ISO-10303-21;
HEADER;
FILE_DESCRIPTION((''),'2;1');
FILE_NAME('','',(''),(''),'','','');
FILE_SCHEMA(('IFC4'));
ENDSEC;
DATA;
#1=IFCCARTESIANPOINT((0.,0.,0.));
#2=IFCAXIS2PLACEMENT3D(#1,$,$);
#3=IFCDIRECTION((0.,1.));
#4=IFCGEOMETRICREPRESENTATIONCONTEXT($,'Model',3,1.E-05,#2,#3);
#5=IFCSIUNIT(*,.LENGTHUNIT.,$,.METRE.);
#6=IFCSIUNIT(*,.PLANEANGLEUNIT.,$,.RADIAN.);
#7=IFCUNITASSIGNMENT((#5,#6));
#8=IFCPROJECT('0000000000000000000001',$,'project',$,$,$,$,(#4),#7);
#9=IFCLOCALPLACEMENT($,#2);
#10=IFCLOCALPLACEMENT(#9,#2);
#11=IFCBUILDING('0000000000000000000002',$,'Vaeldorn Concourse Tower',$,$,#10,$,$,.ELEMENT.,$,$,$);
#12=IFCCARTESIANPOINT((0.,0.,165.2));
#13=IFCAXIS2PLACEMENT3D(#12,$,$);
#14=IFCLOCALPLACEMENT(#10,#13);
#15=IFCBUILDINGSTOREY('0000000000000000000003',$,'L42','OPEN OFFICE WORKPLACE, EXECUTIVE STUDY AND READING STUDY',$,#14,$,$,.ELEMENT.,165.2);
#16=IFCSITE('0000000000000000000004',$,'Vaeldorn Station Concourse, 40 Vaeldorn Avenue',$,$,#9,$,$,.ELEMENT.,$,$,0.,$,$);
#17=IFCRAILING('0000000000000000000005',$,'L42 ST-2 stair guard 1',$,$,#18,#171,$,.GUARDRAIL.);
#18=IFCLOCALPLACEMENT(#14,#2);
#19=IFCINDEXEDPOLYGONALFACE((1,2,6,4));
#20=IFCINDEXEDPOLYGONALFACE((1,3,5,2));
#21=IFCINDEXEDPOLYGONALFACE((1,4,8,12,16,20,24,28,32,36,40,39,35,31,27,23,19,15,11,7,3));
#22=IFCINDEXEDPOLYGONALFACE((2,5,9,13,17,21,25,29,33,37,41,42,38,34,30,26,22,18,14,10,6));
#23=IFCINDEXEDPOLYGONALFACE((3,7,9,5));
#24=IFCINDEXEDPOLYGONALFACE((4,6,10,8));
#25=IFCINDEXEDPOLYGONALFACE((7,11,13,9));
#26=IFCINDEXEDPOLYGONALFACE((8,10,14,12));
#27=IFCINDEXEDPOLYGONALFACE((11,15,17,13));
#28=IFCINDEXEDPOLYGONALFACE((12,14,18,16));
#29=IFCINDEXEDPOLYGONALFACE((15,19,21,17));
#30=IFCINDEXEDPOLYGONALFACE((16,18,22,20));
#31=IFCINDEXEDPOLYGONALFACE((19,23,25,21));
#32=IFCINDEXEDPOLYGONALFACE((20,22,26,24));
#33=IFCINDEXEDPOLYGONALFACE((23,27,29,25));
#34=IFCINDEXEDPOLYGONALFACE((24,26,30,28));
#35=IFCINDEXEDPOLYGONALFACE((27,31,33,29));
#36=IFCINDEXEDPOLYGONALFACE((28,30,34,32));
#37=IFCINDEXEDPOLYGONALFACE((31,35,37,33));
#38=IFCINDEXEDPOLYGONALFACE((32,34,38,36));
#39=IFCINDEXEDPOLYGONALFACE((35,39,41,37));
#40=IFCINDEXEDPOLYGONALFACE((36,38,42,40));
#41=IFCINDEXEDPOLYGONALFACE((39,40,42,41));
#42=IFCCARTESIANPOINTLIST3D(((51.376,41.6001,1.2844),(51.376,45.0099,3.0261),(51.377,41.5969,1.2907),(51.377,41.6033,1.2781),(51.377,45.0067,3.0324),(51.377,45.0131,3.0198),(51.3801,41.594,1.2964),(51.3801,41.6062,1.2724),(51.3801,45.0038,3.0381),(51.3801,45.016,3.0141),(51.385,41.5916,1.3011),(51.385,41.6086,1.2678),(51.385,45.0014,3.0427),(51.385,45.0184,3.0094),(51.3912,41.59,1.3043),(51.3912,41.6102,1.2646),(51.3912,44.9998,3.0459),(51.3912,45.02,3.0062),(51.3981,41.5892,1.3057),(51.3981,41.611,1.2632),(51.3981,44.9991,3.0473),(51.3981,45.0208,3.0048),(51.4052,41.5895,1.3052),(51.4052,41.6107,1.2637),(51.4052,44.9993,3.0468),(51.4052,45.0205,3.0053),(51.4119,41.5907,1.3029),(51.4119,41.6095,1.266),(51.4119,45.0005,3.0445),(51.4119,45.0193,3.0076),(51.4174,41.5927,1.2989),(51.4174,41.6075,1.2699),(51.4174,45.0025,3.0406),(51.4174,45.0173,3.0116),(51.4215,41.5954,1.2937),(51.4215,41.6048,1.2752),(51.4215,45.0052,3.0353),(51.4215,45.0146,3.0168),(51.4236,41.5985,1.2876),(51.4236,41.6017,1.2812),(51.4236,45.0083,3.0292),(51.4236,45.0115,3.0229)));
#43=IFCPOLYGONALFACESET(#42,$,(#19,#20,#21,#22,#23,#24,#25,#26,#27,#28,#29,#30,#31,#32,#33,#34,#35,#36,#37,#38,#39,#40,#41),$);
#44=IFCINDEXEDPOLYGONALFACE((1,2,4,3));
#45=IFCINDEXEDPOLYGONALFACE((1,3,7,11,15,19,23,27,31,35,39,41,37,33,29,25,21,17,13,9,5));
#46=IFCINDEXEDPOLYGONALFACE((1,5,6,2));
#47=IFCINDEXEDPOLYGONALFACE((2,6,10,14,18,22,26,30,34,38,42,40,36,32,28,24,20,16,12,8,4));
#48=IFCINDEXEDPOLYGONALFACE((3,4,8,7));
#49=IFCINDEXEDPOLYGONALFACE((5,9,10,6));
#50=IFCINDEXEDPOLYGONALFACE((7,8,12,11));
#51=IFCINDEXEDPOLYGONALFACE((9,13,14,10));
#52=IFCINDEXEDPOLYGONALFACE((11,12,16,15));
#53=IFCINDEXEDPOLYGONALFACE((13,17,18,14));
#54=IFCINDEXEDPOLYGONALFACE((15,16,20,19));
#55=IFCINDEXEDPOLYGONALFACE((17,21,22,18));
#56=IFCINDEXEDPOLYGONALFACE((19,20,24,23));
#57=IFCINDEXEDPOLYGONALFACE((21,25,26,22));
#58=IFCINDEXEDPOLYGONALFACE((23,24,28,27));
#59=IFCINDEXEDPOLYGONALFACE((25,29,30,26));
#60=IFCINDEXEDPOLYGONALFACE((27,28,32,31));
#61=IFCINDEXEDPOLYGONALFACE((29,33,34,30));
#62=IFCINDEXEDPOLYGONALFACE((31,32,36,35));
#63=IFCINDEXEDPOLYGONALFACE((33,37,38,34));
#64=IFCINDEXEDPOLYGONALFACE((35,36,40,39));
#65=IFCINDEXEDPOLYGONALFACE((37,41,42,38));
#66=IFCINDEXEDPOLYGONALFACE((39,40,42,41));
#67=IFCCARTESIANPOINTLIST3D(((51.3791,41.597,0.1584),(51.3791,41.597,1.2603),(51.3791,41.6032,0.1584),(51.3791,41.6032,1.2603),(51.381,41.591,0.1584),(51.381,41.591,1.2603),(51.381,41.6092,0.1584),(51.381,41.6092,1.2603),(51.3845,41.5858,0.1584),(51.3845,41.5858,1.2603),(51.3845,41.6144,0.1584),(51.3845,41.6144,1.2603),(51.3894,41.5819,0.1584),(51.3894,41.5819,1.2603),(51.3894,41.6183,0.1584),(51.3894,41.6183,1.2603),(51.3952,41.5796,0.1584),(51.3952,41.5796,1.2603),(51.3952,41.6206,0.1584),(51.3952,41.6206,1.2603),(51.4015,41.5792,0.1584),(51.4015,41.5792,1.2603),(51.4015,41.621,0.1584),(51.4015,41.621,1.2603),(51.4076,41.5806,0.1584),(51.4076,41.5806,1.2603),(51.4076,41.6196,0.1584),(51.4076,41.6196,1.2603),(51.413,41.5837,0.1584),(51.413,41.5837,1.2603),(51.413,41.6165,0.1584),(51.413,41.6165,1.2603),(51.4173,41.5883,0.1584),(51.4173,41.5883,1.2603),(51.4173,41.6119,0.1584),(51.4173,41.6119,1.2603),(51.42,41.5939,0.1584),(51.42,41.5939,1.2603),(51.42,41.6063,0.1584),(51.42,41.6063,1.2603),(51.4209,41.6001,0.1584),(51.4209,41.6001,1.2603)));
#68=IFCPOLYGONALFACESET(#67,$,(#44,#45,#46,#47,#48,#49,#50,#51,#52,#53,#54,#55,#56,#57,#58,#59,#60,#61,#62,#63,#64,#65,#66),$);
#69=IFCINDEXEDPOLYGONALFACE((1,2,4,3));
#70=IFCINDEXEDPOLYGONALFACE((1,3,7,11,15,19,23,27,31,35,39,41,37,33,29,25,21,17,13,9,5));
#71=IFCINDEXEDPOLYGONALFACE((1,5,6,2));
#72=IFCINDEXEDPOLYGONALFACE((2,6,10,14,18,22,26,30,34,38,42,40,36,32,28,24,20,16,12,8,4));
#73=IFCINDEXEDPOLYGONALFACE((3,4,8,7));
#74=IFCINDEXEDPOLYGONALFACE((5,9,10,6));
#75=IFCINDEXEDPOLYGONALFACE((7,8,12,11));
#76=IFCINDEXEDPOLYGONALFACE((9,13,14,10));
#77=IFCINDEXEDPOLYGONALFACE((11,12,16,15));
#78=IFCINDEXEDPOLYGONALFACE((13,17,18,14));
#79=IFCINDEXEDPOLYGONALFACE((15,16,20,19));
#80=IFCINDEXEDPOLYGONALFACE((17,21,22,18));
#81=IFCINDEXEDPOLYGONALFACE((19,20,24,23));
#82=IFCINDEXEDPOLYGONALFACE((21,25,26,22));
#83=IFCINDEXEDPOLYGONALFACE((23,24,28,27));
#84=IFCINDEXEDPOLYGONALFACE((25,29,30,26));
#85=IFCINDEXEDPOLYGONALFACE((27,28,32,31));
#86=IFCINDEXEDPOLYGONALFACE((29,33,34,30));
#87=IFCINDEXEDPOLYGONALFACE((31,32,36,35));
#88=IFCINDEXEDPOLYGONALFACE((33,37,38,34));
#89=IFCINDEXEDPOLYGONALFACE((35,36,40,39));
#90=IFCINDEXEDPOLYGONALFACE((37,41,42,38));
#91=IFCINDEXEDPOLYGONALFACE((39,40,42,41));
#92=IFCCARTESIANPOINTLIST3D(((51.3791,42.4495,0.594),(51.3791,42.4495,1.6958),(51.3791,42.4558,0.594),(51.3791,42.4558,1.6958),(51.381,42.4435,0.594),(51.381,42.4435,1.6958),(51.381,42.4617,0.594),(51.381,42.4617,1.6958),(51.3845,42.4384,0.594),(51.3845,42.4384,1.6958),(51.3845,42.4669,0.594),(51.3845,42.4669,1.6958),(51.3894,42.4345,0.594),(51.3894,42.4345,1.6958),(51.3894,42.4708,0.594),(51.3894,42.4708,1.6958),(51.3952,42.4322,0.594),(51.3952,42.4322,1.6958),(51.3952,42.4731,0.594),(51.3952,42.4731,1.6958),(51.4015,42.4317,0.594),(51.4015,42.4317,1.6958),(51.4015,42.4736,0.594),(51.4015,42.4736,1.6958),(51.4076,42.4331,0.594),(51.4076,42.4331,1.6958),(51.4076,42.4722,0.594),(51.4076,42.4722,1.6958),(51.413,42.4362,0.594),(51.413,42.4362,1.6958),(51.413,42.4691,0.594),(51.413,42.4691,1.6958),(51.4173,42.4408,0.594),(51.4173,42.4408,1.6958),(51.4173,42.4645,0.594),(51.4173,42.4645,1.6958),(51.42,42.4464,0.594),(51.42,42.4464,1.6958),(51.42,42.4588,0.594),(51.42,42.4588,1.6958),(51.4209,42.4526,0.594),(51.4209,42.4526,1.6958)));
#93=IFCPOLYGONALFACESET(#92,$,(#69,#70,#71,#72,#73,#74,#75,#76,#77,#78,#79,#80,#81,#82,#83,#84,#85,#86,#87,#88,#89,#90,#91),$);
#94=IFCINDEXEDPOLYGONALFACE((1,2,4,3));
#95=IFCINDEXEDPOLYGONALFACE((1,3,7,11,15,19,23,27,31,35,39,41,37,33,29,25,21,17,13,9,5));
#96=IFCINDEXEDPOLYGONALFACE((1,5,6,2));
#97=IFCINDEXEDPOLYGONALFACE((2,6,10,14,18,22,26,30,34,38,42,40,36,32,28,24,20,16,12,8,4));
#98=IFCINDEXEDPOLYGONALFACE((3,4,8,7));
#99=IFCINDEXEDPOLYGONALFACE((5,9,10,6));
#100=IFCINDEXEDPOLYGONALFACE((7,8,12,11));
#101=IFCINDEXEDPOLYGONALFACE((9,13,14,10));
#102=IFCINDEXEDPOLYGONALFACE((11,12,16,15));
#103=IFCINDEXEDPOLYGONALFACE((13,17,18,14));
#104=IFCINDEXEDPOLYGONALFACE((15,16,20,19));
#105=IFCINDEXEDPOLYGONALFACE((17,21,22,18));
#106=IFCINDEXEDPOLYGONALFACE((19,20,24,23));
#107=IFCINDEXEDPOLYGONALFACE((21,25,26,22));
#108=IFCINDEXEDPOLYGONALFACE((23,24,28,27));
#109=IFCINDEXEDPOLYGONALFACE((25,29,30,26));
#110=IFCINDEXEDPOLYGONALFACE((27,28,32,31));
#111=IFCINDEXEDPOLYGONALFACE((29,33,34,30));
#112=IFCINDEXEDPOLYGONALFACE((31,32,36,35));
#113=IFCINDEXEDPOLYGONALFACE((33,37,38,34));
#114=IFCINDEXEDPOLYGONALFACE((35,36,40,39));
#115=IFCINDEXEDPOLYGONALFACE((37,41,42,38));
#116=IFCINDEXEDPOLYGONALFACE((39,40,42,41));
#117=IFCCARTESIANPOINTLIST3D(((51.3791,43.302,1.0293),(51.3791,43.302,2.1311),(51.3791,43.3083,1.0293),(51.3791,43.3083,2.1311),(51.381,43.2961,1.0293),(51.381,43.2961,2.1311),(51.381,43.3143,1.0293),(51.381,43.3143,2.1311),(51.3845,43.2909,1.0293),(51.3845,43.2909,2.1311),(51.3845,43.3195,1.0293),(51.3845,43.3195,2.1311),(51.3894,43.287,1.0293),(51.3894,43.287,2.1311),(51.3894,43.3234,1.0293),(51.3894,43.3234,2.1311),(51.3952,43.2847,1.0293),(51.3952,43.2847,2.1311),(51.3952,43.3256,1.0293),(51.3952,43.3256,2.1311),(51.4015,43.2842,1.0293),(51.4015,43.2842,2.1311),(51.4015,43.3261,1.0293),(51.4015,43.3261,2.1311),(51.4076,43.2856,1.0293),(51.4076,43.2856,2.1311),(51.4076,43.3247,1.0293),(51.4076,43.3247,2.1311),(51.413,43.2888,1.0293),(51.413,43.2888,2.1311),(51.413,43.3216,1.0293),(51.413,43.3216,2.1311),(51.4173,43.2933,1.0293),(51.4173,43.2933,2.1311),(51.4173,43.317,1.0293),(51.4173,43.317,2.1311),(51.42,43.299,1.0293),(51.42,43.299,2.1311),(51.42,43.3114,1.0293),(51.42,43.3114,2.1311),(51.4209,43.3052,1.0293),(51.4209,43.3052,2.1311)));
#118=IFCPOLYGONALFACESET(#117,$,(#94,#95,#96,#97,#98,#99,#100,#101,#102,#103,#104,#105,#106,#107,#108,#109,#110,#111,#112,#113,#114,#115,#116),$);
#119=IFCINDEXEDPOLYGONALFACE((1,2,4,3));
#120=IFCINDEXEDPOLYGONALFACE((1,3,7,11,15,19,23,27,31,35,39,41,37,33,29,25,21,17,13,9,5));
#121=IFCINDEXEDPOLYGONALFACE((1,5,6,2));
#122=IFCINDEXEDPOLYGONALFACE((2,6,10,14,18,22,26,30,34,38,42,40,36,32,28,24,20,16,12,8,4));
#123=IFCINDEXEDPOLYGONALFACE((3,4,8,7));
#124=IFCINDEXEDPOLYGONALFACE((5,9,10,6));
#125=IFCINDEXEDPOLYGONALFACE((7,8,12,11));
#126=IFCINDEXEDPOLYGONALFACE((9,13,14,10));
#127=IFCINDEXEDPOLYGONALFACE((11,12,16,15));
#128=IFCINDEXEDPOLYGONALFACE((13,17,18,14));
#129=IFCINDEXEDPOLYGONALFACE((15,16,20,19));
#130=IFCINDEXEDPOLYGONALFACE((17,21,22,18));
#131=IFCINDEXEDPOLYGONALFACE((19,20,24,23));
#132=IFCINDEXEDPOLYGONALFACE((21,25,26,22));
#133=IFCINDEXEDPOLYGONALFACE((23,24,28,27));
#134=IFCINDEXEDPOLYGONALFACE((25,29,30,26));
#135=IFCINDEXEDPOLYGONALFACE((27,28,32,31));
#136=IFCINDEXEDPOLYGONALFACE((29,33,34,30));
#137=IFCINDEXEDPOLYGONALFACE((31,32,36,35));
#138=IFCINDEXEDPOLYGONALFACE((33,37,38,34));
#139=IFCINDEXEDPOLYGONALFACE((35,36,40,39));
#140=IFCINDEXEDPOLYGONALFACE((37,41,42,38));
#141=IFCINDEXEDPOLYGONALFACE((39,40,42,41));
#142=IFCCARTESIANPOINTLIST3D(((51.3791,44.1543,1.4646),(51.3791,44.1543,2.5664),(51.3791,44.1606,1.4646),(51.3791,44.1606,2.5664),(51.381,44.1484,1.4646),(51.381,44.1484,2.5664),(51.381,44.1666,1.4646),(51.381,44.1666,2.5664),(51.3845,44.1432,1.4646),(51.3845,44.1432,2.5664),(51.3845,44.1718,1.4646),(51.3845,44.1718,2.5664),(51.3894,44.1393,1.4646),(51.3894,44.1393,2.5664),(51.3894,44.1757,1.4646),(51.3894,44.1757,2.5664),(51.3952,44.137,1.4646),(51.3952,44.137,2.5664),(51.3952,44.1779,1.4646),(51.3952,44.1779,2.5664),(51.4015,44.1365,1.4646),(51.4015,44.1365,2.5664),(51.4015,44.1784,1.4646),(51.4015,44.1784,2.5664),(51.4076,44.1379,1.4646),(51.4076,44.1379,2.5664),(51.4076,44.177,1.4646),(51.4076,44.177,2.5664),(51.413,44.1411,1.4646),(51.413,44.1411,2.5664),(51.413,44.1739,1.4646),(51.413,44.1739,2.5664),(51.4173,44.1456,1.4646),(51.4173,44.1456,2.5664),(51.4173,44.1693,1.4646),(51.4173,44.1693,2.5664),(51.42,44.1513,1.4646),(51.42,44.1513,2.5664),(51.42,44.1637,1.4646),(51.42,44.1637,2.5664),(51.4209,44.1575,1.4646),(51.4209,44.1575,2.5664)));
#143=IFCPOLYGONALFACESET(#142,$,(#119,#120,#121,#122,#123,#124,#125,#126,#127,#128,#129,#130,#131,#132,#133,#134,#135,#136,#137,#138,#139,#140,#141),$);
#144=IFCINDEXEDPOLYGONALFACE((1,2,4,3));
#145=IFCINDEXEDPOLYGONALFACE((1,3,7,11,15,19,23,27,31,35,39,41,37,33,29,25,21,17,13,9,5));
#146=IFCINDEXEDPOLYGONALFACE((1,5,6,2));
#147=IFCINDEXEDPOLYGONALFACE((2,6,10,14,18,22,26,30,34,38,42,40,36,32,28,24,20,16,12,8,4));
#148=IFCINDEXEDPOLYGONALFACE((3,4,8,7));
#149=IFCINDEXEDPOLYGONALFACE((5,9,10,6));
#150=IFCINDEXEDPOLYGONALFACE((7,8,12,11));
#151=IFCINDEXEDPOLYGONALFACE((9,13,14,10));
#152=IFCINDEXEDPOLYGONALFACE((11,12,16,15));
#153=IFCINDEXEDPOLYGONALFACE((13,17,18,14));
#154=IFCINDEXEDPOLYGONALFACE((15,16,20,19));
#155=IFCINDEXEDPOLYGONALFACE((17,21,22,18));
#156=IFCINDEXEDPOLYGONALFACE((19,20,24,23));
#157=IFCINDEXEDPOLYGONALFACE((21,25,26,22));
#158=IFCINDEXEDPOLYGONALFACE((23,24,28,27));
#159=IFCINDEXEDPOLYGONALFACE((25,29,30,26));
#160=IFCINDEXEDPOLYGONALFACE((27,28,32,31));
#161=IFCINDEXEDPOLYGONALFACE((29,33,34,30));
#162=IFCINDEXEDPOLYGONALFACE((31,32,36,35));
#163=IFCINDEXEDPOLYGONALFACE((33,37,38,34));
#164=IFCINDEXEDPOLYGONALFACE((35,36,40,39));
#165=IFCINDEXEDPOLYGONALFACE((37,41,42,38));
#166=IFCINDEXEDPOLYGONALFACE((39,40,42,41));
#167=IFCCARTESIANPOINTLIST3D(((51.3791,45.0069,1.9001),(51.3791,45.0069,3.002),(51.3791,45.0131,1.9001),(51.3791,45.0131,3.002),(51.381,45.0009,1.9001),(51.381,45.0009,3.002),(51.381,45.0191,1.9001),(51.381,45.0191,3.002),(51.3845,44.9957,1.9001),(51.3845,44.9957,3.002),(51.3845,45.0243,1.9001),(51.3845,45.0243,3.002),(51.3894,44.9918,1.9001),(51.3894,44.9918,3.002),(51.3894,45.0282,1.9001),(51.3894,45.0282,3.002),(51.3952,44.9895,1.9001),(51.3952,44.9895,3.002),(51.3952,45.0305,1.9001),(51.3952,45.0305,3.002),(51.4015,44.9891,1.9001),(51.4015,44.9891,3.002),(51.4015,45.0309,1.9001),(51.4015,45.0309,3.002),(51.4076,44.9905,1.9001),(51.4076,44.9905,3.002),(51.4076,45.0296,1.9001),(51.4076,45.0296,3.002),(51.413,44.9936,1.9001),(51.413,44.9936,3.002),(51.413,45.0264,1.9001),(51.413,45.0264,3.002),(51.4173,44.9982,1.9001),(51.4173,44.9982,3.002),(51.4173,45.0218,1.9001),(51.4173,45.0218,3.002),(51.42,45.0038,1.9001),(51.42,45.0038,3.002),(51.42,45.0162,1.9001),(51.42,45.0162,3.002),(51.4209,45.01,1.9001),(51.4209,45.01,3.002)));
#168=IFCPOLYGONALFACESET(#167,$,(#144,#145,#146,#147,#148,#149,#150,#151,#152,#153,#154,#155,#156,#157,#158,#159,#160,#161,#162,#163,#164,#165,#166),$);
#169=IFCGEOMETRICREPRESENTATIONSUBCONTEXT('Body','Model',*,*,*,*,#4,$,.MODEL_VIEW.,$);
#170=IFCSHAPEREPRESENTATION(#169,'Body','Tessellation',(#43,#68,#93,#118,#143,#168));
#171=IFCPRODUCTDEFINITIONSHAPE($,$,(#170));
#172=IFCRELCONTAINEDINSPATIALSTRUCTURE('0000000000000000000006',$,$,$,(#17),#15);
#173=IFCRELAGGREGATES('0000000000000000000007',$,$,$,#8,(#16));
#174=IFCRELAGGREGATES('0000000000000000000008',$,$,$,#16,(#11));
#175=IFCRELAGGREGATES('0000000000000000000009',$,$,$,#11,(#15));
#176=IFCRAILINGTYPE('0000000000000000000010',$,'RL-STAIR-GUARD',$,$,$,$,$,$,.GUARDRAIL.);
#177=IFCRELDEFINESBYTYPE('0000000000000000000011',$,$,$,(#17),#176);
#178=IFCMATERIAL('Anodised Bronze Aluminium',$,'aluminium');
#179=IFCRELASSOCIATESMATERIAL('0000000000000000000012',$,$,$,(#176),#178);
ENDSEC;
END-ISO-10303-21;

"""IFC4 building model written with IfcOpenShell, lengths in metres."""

from ifc_helpers import new_model, si_unit, direction, frame, origin, origin_2d, place, context, subcontext, project, spatial, circle, extrude, material, type_object, element, save


model = new_model("IFC4")

# Units and contexts
model_context = context("Model", 3, precision=1e-05, world=origin(), true_north=direction((0.0, 1.0)))
body_context = subcontext(model_context, "Body", "Model", "MODEL_VIEW")
ifc_project = project(units=[si_unit("LENGTHUNIT", "METRE"), si_unit("PLANEANGLEUNIT", "RADIAN")], contexts=[model_context])

# Site, building, storey
site_placement = place(None, origin())
site = spatial("IfcSite", under=ifc_project, at=site_placement, Name="Vaeldorn Station Concourse, 40 Vaeldorn Avenue", CompositionType="ELEMENT", RefElevation=0.0)
building_placement = place(site_placement, origin())
building = spatial("IfcBuilding", under=site, at=building_placement, Name="Vaeldorn Concourse Tower", CompositionType="ELEMENT")
storey_placement = place(building_placement, frame((0.0, 0.0, 165.2)))
storey = spatial("IfcBuildingStorey", under=building, at=storey_placement, Name="L42", Description="OPEN OFFICE WORKPLACE, EXECUTIVE STUDY AND READING STUDY", CompositionType="ELEMENT", Elevation=165.2)

# Shared definitions
ifc_material_1 = material(Name="Anodised Bronze Aluminium", Category="aluminium")

# Railing
railing_type_1 = type_object("IfcRailingType", Name="RL-STAIR-GUARD", PredefinedType="GUARDRAIL", material=ifc_material_1)
railing_1_placement = place(storey_placement, frame((51.3999, 41.6001, 0.1584)))
element("IfcRailing", 1, at=railing_1_placement, inside=storey, type_object=railing_type_1, Name="L42 ST-2 stair guard 1", PredefinedType="GUARDRAIL", context=body_context, shape_type="SweptSolid", body=[
    extrude(circle(Radius=0.0239, at=origin_2d()), frame((0.0, 0.0, 1.126), z_axis=(0.0, 0.890556, 0.454874), x_axis=(-1.0, 0.0, 0.0)), (0.0, 0.0, 1.0), 3.8289),
    extrude(circle(Radius=0.021, at=origin_2d()), origin(), (0.0, 0.0, 1.0), 1.1018),
    extrude(circle(Radius=0.021, at=origin_2d()), frame((0.0, 0.8525, 0.4355)), (0.0, 0.0, 1.0), 1.1018),
    extrude(circle(Radius=0.021, at=origin_2d()), frame((0.0, 1.7051, 0.8708)), (0.0, 0.0, 1.0), 1.1018),
    extrude(circle(Radius=0.021, at=origin_2d()), frame((0.0, 2.5574, 1.3062)), (0.0, 0.0, 1.0), 1.1018),
    extrude(circle(Radius=0.021, at=origin_2d()), frame((0.0, 3.4099, 1.7417)), (0.0, 0.0, 1.0), 1.1018),
])

save(model, "model.ifc")
